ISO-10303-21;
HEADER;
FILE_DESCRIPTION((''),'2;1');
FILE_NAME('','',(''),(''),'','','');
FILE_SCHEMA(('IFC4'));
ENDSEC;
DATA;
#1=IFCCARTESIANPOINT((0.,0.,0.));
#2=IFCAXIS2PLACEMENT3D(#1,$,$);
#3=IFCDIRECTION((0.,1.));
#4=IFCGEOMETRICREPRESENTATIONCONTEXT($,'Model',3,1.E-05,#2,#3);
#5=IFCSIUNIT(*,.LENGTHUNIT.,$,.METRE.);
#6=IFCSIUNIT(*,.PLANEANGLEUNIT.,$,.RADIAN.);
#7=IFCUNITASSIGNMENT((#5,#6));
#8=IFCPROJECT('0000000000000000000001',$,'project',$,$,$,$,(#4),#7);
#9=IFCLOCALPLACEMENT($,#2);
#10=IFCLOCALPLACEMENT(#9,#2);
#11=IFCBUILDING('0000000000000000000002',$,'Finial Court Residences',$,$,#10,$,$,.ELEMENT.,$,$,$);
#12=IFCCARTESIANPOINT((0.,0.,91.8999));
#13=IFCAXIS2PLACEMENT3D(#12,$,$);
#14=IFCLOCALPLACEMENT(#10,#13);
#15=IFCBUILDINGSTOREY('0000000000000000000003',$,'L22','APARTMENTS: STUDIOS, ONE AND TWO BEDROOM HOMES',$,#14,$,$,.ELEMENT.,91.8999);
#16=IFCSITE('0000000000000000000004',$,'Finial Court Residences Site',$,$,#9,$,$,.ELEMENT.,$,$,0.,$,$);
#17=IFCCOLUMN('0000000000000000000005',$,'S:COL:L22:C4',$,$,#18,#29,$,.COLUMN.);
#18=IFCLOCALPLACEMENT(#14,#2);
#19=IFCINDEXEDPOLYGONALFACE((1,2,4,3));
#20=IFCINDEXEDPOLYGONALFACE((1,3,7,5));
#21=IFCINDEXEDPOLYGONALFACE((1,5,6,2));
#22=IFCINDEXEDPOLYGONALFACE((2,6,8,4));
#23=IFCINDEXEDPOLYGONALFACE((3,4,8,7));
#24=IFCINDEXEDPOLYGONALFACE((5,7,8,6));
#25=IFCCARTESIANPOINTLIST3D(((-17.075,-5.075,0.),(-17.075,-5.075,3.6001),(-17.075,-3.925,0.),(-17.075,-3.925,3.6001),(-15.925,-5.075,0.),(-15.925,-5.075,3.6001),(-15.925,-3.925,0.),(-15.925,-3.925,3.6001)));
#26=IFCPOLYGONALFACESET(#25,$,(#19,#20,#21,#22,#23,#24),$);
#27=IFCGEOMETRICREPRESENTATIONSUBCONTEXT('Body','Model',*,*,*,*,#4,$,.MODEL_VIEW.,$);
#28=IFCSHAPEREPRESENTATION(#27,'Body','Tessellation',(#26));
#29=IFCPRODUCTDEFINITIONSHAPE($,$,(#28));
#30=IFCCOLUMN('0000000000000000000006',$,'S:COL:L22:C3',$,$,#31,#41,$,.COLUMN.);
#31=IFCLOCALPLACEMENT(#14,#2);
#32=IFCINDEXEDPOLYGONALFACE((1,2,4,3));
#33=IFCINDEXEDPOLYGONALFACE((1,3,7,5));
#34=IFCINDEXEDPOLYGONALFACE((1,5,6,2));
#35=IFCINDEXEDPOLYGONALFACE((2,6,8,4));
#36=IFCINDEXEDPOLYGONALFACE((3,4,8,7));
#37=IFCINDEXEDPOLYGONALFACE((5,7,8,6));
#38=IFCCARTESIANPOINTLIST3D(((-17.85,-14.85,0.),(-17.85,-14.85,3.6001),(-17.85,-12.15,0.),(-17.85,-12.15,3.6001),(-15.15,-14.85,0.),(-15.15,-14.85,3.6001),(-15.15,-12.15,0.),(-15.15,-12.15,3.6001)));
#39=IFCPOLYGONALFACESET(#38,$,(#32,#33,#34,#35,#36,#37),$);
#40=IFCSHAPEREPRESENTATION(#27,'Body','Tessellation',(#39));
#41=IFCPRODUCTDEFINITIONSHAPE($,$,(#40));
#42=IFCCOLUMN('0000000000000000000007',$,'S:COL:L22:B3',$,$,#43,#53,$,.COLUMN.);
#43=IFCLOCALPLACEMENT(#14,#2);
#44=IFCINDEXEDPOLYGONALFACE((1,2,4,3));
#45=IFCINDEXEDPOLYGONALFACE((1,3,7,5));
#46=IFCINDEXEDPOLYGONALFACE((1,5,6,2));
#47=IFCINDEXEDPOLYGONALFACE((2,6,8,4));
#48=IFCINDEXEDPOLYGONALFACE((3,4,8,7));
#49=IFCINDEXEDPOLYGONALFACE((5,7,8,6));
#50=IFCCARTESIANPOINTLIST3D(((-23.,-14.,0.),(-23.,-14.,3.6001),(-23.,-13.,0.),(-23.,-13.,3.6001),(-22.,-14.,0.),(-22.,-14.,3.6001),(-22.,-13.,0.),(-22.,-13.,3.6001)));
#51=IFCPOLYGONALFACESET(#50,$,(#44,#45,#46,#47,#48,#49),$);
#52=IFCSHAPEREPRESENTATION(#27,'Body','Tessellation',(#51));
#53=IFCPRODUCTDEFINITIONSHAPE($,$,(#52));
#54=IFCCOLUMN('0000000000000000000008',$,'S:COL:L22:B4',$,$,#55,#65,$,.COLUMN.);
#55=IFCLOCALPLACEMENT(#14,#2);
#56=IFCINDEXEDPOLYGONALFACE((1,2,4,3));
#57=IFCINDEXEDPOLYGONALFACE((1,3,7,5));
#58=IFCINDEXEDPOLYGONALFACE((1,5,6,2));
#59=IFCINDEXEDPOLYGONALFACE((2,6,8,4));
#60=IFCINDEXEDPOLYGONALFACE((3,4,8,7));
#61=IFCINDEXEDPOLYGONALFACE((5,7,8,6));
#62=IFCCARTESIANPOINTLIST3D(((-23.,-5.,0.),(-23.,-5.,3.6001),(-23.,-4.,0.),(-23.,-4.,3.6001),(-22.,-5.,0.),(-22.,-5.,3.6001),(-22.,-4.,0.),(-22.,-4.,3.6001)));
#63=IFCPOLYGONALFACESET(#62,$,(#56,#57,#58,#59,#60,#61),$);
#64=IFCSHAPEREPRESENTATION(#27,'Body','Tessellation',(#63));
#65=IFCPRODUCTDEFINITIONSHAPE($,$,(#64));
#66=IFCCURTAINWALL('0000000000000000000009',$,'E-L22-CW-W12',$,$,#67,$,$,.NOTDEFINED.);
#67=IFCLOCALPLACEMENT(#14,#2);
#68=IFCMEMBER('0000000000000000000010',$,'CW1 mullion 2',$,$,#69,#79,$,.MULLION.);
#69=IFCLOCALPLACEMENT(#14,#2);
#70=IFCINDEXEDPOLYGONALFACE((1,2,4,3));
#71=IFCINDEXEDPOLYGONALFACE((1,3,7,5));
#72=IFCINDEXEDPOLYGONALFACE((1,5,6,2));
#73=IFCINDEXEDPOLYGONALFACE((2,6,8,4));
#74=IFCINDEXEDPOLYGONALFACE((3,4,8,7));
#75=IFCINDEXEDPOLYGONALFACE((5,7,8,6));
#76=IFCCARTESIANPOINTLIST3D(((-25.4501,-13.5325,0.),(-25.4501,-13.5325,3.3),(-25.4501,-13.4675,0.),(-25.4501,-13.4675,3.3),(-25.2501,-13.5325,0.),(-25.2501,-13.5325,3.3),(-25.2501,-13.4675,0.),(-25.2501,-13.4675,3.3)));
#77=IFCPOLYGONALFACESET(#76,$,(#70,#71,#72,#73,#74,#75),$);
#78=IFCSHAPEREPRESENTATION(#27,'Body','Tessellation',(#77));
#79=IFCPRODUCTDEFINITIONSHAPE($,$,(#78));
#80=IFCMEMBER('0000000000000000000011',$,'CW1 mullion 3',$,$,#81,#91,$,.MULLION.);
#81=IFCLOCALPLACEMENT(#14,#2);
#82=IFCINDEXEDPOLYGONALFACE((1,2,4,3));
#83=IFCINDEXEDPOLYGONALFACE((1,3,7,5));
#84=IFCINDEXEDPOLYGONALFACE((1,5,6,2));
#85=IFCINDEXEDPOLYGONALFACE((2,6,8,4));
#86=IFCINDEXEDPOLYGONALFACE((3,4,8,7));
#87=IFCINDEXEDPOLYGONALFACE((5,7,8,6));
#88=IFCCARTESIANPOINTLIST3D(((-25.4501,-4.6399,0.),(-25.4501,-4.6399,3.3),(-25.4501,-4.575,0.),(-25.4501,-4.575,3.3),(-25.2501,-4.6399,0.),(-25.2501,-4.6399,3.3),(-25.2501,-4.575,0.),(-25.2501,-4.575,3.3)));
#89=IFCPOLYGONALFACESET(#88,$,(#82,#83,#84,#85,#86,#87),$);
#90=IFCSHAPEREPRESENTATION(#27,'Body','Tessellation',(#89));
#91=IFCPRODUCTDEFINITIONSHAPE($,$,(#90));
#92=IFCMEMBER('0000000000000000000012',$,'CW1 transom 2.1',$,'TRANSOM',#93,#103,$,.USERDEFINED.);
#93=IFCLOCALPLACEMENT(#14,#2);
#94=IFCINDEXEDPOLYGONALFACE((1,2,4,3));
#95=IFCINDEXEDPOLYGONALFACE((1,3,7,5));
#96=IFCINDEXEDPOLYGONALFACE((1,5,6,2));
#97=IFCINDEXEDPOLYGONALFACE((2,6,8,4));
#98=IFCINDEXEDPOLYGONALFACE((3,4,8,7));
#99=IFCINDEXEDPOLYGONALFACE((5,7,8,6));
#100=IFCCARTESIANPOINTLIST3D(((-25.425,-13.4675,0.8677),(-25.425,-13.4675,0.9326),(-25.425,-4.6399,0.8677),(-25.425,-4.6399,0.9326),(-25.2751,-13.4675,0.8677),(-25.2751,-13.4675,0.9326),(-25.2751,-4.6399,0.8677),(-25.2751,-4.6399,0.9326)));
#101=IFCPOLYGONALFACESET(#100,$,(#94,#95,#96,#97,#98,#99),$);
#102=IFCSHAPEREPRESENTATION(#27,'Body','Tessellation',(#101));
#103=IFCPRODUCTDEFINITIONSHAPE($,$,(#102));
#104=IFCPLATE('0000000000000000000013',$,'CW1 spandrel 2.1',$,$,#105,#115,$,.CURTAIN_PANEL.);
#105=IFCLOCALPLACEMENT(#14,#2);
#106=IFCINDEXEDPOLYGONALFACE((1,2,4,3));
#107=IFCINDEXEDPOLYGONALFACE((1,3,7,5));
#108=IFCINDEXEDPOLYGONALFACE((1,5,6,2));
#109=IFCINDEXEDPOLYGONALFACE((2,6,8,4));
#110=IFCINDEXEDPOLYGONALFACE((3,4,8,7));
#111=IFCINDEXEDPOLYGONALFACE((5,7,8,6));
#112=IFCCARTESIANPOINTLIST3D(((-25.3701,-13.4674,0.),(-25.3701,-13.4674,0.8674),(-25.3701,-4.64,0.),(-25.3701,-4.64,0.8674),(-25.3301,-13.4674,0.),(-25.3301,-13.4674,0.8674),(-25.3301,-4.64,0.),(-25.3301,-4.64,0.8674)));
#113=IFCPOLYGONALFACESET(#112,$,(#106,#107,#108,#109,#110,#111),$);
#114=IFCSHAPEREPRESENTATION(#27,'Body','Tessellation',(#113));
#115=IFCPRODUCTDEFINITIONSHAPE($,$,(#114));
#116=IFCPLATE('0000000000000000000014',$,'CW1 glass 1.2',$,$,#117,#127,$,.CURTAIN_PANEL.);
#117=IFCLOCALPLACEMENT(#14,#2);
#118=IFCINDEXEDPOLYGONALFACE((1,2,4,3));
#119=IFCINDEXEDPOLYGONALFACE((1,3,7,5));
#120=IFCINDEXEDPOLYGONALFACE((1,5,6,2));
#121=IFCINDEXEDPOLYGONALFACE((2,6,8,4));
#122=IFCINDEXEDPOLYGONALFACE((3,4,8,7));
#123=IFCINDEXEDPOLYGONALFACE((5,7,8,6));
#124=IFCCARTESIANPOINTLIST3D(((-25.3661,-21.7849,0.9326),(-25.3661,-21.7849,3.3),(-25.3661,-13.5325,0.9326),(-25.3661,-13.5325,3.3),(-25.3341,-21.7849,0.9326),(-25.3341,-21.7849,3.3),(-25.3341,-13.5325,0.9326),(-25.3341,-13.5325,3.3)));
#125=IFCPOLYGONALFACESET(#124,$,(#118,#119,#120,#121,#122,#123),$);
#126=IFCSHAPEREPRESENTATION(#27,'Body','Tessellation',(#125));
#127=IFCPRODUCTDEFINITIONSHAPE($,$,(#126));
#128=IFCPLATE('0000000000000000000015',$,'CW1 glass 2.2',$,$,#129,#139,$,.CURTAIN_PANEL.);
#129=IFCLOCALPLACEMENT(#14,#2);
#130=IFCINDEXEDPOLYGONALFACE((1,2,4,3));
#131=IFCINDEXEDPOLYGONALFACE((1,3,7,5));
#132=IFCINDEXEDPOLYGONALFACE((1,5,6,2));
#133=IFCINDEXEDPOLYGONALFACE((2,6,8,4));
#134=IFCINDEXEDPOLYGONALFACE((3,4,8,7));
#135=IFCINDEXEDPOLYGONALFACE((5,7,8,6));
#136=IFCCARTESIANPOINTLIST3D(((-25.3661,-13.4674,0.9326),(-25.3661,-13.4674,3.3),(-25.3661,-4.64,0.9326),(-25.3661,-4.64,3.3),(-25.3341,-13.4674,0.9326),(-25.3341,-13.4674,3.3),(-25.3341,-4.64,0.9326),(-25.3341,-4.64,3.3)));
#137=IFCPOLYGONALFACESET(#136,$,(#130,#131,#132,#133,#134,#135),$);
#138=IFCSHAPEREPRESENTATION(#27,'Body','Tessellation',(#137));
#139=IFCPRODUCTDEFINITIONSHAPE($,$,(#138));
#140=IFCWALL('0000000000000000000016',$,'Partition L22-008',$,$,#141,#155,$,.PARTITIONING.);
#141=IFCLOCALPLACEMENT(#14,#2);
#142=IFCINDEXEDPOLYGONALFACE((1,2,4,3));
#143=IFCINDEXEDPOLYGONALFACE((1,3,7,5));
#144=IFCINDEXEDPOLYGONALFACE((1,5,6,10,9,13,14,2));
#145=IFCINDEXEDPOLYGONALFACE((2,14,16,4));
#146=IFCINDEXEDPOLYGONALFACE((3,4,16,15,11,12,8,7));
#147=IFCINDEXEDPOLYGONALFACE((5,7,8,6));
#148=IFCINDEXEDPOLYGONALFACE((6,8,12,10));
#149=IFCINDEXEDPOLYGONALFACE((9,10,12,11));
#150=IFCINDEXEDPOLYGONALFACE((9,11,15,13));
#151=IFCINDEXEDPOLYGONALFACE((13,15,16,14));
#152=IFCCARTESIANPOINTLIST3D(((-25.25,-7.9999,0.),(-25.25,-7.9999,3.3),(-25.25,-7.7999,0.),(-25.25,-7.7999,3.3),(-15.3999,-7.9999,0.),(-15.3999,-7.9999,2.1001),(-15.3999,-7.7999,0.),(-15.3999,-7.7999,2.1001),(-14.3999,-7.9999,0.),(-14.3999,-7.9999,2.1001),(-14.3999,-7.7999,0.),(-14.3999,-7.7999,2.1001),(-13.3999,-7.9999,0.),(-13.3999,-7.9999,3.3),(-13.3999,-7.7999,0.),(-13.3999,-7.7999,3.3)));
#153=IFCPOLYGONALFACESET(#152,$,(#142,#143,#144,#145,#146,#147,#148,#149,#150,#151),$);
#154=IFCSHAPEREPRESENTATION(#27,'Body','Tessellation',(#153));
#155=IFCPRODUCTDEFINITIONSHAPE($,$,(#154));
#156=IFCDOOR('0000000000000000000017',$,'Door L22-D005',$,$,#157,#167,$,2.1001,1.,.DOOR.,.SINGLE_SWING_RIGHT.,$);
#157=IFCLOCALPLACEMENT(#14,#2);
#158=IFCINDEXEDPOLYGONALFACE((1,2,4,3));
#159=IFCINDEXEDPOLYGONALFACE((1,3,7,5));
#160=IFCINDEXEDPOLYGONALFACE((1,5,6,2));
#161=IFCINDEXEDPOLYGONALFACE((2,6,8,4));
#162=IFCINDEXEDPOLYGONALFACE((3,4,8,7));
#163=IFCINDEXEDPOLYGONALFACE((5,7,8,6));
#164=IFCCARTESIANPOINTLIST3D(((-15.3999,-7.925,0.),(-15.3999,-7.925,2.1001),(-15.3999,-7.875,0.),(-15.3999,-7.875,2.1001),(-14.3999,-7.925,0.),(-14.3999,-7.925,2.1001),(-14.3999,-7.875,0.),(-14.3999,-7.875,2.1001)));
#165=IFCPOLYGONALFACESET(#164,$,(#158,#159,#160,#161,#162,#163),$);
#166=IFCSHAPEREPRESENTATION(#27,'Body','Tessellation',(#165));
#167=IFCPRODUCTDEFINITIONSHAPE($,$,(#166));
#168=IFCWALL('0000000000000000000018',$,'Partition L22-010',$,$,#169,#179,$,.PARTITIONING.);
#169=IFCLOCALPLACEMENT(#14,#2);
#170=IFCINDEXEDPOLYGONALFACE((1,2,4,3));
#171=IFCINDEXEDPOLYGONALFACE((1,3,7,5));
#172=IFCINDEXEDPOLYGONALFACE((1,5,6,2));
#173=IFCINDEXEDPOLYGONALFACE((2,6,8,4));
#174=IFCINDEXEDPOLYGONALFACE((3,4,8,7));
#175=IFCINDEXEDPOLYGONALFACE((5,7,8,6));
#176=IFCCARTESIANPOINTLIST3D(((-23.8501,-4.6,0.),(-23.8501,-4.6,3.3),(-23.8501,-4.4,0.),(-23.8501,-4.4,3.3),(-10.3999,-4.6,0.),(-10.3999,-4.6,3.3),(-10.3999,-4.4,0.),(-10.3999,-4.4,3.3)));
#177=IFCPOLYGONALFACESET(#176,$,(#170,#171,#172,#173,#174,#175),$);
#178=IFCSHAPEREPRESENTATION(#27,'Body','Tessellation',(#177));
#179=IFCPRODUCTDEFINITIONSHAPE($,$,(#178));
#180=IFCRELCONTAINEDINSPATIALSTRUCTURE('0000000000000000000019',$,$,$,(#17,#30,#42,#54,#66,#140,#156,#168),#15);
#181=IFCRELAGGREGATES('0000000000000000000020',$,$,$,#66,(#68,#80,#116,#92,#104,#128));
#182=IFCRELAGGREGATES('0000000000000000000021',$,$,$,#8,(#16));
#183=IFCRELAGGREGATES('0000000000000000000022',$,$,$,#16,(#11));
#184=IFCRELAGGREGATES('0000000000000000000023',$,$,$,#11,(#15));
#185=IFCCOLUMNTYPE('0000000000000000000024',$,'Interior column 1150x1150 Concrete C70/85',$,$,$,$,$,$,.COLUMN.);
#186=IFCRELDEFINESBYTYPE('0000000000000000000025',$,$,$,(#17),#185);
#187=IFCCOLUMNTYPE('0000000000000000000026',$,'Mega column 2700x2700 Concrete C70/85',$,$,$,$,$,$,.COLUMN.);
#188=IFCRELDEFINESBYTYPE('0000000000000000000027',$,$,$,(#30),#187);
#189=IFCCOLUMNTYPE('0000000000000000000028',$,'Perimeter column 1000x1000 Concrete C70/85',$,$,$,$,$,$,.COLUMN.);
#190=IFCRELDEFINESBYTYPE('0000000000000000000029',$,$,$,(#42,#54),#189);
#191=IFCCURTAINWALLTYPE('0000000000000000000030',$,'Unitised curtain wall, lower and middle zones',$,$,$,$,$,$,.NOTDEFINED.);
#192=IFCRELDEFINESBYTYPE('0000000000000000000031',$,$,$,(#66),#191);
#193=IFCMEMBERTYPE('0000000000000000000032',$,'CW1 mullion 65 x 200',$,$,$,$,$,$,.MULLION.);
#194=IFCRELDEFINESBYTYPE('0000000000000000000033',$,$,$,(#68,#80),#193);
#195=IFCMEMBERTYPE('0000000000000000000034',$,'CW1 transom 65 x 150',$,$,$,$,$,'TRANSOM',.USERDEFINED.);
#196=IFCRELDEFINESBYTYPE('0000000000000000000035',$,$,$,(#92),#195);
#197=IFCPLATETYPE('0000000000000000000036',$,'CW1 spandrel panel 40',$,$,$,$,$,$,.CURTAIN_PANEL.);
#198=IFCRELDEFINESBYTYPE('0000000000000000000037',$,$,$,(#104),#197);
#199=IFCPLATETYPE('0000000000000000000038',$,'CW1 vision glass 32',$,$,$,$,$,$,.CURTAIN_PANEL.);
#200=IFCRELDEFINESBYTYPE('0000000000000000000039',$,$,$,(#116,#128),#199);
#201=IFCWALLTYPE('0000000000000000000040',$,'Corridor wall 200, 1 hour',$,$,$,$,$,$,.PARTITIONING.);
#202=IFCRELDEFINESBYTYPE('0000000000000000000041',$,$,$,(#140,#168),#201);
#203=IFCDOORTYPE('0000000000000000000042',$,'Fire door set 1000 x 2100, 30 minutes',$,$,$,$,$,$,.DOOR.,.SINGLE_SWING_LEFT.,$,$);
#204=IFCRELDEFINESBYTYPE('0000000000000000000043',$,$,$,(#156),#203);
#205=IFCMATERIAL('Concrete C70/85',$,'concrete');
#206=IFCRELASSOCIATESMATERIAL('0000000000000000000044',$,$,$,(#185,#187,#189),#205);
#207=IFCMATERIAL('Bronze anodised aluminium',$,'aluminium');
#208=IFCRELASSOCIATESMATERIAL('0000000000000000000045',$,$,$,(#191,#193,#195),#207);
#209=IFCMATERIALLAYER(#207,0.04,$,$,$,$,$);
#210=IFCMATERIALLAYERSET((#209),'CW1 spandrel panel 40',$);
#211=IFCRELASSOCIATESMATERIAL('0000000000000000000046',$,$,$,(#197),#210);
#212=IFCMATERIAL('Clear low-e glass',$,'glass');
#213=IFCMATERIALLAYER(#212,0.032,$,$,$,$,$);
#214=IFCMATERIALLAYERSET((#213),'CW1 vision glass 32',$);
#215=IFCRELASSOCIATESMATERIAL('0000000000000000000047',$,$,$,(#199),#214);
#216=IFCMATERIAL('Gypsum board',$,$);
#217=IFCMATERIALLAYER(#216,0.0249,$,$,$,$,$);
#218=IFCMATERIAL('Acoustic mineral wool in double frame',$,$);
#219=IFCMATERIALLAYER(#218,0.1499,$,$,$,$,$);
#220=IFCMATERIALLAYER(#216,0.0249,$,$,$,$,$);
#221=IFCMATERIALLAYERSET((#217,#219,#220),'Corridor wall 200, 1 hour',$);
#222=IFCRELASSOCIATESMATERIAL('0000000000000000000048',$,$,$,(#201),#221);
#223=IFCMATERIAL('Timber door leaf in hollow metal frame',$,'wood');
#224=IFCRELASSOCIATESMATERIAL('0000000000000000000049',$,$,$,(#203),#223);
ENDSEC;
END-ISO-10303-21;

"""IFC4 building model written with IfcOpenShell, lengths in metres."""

from ifc_helpers import new_model, si_unit, direction, frame, frame_2d, origin, origin_2d, place, context, subcontext, project, spatial, rectangle, extrude, material, layer, layer_set, material_profile, profile_set, type_object, element, fill, aggregate, save


model = new_model("IFC4")

# Units and contexts
model_context = context("Model", 3, precision=1e-05, world=origin(), true_north=direction((0.0, 1.0)))
body_context = subcontext(model_context, "Body", "Model", "MODEL_VIEW")
ifc_project = project(units=[si_unit("LENGTHUNIT", "METRE"), si_unit("PLANEANGLEUNIT", "RADIAN")], contexts=[model_context])

# Site, building, storey
site_placement = place(None, origin())
site = spatial("IfcSite", under=ifc_project, at=site_placement, Name="Finial Court Residences Site", CompositionType="ELEMENT", RefElevation=0.0)
building_placement = place(site_placement, origin())
building = spatial("IfcBuilding", under=site, at=building_placement, Name="Finial Court Residences", CompositionType="ELEMENT")
storey_placement = place(building_placement, frame((0.0, 0.0, 91.8999)))
storey = spatial("IfcBuildingStorey", under=building, at=storey_placement, Name="L22", Description="APARTMENTS: STUDIOS, ONE AND TWO BEDROOM HOMES", CompositionType="ELEMENT", Elevation=91.8999)

# Columns
ifc_material_1 = material(Name="Concrete C70/85", Category="concrete")
ifc_material_profile_1 = material_profile(ifc_material_1, rectangle(XDim=1.1499, YDim=1.1499, at=origin_2d()), Name="1150x1150")
ifc_profile_set_1 = profile_set([ifc_material_profile_1], Name="Concrete C70/85")
column_type_1 = type_object("IfcColumnType", Name="Interior column 1150x1150 Concrete C70/85", PredefinedType="COLUMN", material=ifc_profile_set_1)
column_1_placement = place(storey_placement, frame((-16.5, -4.5, 0.0), z_axis=(0.0, 0.0, 1.0), x_axis=(1.0, 0.0, 0.0)))
element("IfcColumn", 1, at=column_1_placement, inside=storey, type_object=column_type_1, Name="S:COL:L22:C4", PredefinedType="COLUMN", context=body_context, shape_type="SweptSolid", body=[
    extrude(rectangle(XDim=1.1499, YDim=1.1499, at=origin_2d()), origin(), (0.0, 0.0, 1.0), 3.6001),
])
ifc_material_profile_2 = material_profile(ifc_material_1, rectangle(XDim=2.7, YDim=2.7, at=origin_2d()), Name="2700x2700")
ifc_profile_set_2 = profile_set([ifc_material_profile_2], Name="Concrete C70/85")
column_type_2 = type_object("IfcColumnType", Name="Mega column 2700x2700 Concrete C70/85", PredefinedType="COLUMN", material=ifc_profile_set_2)
column_2_placement = place(storey_placement, frame((-16.5, -13.5, 0.0), z_axis=(0.0, 0.0, 1.0), x_axis=(1.0, 0.0, 0.0)))
element("IfcColumn", 2, at=column_2_placement, inside=storey, type_object=column_type_2, Name="S:COL:L22:C3", PredefinedType="COLUMN", context=body_context, shape_type="SweptSolid", body=[
    extrude(rectangle(XDim=2.7, YDim=2.7, at=origin_2d()), origin(), (0.0, 0.0, 1.0), 3.6001),
])
ifc_material_profile_3 = material_profile(ifc_material_1, rectangle(XDim=1.0, YDim=1.0, at=origin_2d()), Name="1000x1000")
ifc_profile_set_3 = profile_set([ifc_material_profile_3], Name="Concrete C70/85")
column_type_3 = type_object("IfcColumnType", Name="Perimeter column 1000x1000 Concrete C70/85", PredefinedType="COLUMN", material=ifc_profile_set_3)
for number, where, z_axis, x_axis, name in (
    (3, (-22.5, -13.5, 0.0), (0.0, 0.0, 1.0), (1.0, 0.0, 0.0), "S:COL:L22:B3"),
    (4, (-22.5, -4.5, 0.0), (0.0, 0.0, 1.0), (1.0, 0.0, 0.0), "S:COL:L22:B4"),
):
    element("IfcColumn", number, at=place(storey_placement, frame(where, z_axis=z_axis, x_axis=x_axis)), inside=storey, type_object=column_type_3, Name=name, PredefinedType="COLUMN", context=body_context, shape_type="SweptSolid", body=[
        extrude(rectangle(XDim=1.0, YDim=1.0, at=origin_2d()), origin(), (0.0, 0.0, 1.0), 3.6001),
    ])

# Curtain wall, members, plates
ifc_material_2 = material(Name="Bronze anodised aluminium", Category="aluminium")
curtain_wall_type = type_object("IfcCurtainWallType", Name="Unitised curtain wall, lower and middle zones", PredefinedType="NOTDEFINED", material=ifc_material_2)
curtain_wall_placement = place(storey_placement, origin())
curtain_wall = element("IfcCurtainWall", 5, at=curtain_wall_placement, inside=storey, type_object=curtain_wall_type, Name="E-L22-CW-W12", PredefinedType="NOTDEFINED")
ifc_material_profile_4 = material_profile(ifc_material_2, rectangle(XDim=0.2, YDim=0.0649, at=origin_2d()), Name="CW1 mullion 65 x 200")
ifc_profile_set_4 = profile_set([ifc_material_profile_4], Name="Bronze anodised aluminium")
member_type_1 = type_object("IfcMemberType", Name="CW1 mullion 65 x 200", PredefinedType="MULLION", material=ifc_profile_set_4)
member_1_placement = place(storey_placement, frame((-25.3501, -13.5, 0.0), z_axis=(0.0, 0.0, 1.0), x_axis=(-1.0, 0.0, 0.0)))
member_1 = element("IfcMember", 6, at=member_1_placement, type_object=member_type_1, Name="CW1 mullion 2", PredefinedType="MULLION", context=body_context, shape_type="SweptSolid", body=[
    extrude(rectangle(XDim=0.2, YDim=0.0649, at=origin_2d()), origin(), (0.0, 0.0, 1.0), 3.3),
])
member_2_placement = place(storey_placement, frame((-25.3501, -4.6074, 0.0), z_axis=(0.0, 0.0, 1.0), x_axis=(-1.0, 0.0, 0.0)))
member_2 = element("IfcMember", 7, at=member_2_placement, type_object=member_type_1, Name="CW1 mullion 3", PredefinedType="MULLION", context=body_context, shape_type="SweptSolid", body=[
    extrude(rectangle(XDim=0.2, YDim=0.0649, at=origin_2d()), origin(), (0.0, 0.0, 1.0), 3.3),
])
ifc_material_profile_5 = material_profile(ifc_material_2, rectangle(XDim=0.1499, YDim=0.0649, at=origin_2d()), Name="CW1 transom 65 x 150")
ifc_profile_set_5 = profile_set([ifc_material_profile_5], Name="Bronze anodised aluminium")
member_type_2 = type_object("IfcMemberType", Name="CW1 transom 65 x 150", ElementType="TRANSOM", PredefinedType="USERDEFINED", material=ifc_profile_set_5)
member_3_placement = place(storey_placement, frame((-25.3501, -13.4675, 0.9001), z_axis=(0.0, 1.0, 0.0), x_axis=(-1.0, 0.0, 0.0)))
member_3 = element("IfcMember", 8, at=member_3_placement, type_object=member_type_2, Name="CW1 transom 2.1", ObjectType="TRANSOM", PredefinedType="USERDEFINED", context=body_context, shape_type="SweptSolid", body=[
    extrude(rectangle(XDim=0.1499, YDim=0.0649, at=origin_2d()), origin(), (0.0, 0.0, 1.0), 8.8276),
])
ifc_layer_1 = layer(ifc_material_2, 0.04)
ifc_layer_set_1 = layer_set([ifc_layer_1], Name="CW1 spandrel panel 40")
plate_type_1 = type_object("IfcPlateType", Name="CW1 spandrel panel 40", PredefinedType="CURTAIN_PANEL", material=ifc_layer_set_1)
plate_1_placement = place(storey_placement, frame((-25.3501, -9.0537, 0.0), z_axis=(0.0, 0.0, 1.0), x_axis=(0.0, 1.0, 0.0)))
plate_1 = element("IfcPlate", 9, at=plate_1_placement, type_object=plate_type_1, Name="CW1 spandrel 2.1", PredefinedType="CURTAIN_PANEL", context=body_context, shape_type="SweptSolid", body=[
    extrude(rectangle(XDim=8.8274, YDim=0.04, at=origin_2d()), origin(), (0.0, 0.0, 1.0), 0.8674),
])
ifc_material_3 = material(Name="Clear low-e glass", Category="glass")
ifc_layer_2 = layer(ifc_material_3, 0.032)
ifc_layer_set_2 = layer_set([ifc_layer_2], Name="CW1 vision glass 32")
plate_type_2 = type_object("IfcPlateType", Name="CW1 vision glass 32", PredefinedType="CURTAIN_PANEL", material=ifc_layer_set_2)
plate_2_placement = place(storey_placement, frame((-25.3501, -17.6587, 0.9326), z_axis=(0.0, 0.0, 1.0), x_axis=(0.0, 1.0, 0.0)))
plate_2 = element("IfcPlate", 10, at=plate_2_placement, type_object=plate_type_2, Name="CW1 glass 1.2", PredefinedType="CURTAIN_PANEL", context=body_context, shape_type="SweptSolid", body=[
    extrude(rectangle(XDim=8.2524, YDim=0.032, at=origin_2d()), origin(), (0.0, 0.0, 1.0), 2.3674),
])
plate_3_placement = place(storey_placement, frame((-25.3501, -9.0537, 0.9326), z_axis=(0.0, 0.0, 1.0), x_axis=(0.0, 1.0, 0.0)))
plate_3 = element("IfcPlate", 11, at=plate_3_placement, type_object=plate_type_2, Name="CW1 glass 2.2", PredefinedType="CURTAIN_PANEL", context=body_context, shape_type="SweptSolid", body=[
    extrude(rectangle(XDim=8.8274, YDim=0.032, at=origin_2d()), origin(), (0.0, 0.0, 1.0), 2.3674),
])
aggregate(curtain_wall, [member_1, member_2, plate_2, member_3, plate_1, plate_3])

# Wall, opening, door
ifc_material_4 = material(Name="Gypsum board")
ifc_layer_3 = layer(ifc_material_4, 0.0249)
ifc_material_5 = material(Name="Acoustic mineral wool in double frame")
ifc_layer_4 = layer(ifc_material_5, 0.1499)
ifc_layer_5 = layer(ifc_material_4, 0.0249)
ifc_layer_set_3 = layer_set([ifc_layer_3, ifc_layer_4, ifc_layer_5], Name="Corridor wall 200, 1 hour")
wall_type_1 = type_object("IfcWallType", Name="Corridor wall 200, 1 hour", PredefinedType="PARTITIONING", material=ifc_layer_set_3)
wall_1_placement = place(storey_placement, frame((-25.25, -7.8999, 0.0), z_axis=(0.0, 0.0, 1.0), x_axis=(1.0, 0.0, 0.0)))
wall_1 = element("IfcWall", 12, at=wall_1_placement, inside=storey, type_object=wall_type_1, Name="Partition L22-008", PredefinedType="PARTITIONING", context=body_context, shape_type="SweptSolid", body=[
    extrude(rectangle(XDim=11.8501, YDim=0.2, at=frame_2d((5.925, 0.0))), origin(), (0.0, 0.0, 1.0), 3.3),
])
opening_1_placement = place(wall_1_placement, frame((9.8501, 0.0, 0.0)))
opening_1 = element("IfcOpeningElement", 13, at=opening_1_placement, cuts=wall_1, PredefinedType="OPENING", context=body_context, shape_type="SweptSolid", body=[
    extrude(rectangle(XDim=1.0, YDim=2.1001, at=frame_2d((0.5, 1.05))), frame((0.0, 0.1099, 0.0), z_axis=(0.0, -1.0, 0.0), x_axis=(1.0, 0.0, 0.0)), (0.0, 0.0, 1.0), 0.22),
])
ifc_material_6 = material(Name="Timber door leaf in hollow metal frame", Category="wood")
door_type_1 = type_object("IfcDoorType", Name="Fire door set 1000 x 2100, 30 minutes", OperationType="SINGLE_SWING_LEFT", PredefinedType="DOOR", material=ifc_material_6)
door_1_placement = place(opening_1_placement, origin())
door_1 = element("IfcDoor", 14, at=door_1_placement, inside=storey, type_object=door_type_1, Name="Door L22-D005", OperationType="SINGLE_SWING_RIGHT", OverallHeight=2.1001, OverallWidth=1.0, PredefinedType="DOOR", context=body_context, shape_type="SweptSolid", body=[
    extrude(rectangle(XDim=1.0, YDim=2.1001, at=frame_2d((0.5, 1.05))), frame((0.0, 0.0249, 0.0), z_axis=(0.0, -1.0, 0.0), x_axis=(1.0, 0.0, 0.0)), (0.0, 0.0, 1.0), 0.05),
])
fill(opening_1, door_1)

# Wall
wall_2_placement = place(storey_placement, frame((-23.8501, -4.5, 0.0), z_axis=(0.0, 0.0, 1.0), x_axis=(1.0, 0.0, 0.0)))
element("IfcWall", 15, at=wall_2_placement, inside=storey, type_object=wall_type_1, Name="Partition L22-010", PredefinedType="PARTITIONING", context=body_context, shape_type="SweptSolid", body=[
    extrude(rectangle(XDim=13.4502, YDim=0.2, at=frame_2d((6.7251, 0.0))), origin(), (0.0, 0.0, 1.0), 3.3),
])

save(model, "model.ifc")
